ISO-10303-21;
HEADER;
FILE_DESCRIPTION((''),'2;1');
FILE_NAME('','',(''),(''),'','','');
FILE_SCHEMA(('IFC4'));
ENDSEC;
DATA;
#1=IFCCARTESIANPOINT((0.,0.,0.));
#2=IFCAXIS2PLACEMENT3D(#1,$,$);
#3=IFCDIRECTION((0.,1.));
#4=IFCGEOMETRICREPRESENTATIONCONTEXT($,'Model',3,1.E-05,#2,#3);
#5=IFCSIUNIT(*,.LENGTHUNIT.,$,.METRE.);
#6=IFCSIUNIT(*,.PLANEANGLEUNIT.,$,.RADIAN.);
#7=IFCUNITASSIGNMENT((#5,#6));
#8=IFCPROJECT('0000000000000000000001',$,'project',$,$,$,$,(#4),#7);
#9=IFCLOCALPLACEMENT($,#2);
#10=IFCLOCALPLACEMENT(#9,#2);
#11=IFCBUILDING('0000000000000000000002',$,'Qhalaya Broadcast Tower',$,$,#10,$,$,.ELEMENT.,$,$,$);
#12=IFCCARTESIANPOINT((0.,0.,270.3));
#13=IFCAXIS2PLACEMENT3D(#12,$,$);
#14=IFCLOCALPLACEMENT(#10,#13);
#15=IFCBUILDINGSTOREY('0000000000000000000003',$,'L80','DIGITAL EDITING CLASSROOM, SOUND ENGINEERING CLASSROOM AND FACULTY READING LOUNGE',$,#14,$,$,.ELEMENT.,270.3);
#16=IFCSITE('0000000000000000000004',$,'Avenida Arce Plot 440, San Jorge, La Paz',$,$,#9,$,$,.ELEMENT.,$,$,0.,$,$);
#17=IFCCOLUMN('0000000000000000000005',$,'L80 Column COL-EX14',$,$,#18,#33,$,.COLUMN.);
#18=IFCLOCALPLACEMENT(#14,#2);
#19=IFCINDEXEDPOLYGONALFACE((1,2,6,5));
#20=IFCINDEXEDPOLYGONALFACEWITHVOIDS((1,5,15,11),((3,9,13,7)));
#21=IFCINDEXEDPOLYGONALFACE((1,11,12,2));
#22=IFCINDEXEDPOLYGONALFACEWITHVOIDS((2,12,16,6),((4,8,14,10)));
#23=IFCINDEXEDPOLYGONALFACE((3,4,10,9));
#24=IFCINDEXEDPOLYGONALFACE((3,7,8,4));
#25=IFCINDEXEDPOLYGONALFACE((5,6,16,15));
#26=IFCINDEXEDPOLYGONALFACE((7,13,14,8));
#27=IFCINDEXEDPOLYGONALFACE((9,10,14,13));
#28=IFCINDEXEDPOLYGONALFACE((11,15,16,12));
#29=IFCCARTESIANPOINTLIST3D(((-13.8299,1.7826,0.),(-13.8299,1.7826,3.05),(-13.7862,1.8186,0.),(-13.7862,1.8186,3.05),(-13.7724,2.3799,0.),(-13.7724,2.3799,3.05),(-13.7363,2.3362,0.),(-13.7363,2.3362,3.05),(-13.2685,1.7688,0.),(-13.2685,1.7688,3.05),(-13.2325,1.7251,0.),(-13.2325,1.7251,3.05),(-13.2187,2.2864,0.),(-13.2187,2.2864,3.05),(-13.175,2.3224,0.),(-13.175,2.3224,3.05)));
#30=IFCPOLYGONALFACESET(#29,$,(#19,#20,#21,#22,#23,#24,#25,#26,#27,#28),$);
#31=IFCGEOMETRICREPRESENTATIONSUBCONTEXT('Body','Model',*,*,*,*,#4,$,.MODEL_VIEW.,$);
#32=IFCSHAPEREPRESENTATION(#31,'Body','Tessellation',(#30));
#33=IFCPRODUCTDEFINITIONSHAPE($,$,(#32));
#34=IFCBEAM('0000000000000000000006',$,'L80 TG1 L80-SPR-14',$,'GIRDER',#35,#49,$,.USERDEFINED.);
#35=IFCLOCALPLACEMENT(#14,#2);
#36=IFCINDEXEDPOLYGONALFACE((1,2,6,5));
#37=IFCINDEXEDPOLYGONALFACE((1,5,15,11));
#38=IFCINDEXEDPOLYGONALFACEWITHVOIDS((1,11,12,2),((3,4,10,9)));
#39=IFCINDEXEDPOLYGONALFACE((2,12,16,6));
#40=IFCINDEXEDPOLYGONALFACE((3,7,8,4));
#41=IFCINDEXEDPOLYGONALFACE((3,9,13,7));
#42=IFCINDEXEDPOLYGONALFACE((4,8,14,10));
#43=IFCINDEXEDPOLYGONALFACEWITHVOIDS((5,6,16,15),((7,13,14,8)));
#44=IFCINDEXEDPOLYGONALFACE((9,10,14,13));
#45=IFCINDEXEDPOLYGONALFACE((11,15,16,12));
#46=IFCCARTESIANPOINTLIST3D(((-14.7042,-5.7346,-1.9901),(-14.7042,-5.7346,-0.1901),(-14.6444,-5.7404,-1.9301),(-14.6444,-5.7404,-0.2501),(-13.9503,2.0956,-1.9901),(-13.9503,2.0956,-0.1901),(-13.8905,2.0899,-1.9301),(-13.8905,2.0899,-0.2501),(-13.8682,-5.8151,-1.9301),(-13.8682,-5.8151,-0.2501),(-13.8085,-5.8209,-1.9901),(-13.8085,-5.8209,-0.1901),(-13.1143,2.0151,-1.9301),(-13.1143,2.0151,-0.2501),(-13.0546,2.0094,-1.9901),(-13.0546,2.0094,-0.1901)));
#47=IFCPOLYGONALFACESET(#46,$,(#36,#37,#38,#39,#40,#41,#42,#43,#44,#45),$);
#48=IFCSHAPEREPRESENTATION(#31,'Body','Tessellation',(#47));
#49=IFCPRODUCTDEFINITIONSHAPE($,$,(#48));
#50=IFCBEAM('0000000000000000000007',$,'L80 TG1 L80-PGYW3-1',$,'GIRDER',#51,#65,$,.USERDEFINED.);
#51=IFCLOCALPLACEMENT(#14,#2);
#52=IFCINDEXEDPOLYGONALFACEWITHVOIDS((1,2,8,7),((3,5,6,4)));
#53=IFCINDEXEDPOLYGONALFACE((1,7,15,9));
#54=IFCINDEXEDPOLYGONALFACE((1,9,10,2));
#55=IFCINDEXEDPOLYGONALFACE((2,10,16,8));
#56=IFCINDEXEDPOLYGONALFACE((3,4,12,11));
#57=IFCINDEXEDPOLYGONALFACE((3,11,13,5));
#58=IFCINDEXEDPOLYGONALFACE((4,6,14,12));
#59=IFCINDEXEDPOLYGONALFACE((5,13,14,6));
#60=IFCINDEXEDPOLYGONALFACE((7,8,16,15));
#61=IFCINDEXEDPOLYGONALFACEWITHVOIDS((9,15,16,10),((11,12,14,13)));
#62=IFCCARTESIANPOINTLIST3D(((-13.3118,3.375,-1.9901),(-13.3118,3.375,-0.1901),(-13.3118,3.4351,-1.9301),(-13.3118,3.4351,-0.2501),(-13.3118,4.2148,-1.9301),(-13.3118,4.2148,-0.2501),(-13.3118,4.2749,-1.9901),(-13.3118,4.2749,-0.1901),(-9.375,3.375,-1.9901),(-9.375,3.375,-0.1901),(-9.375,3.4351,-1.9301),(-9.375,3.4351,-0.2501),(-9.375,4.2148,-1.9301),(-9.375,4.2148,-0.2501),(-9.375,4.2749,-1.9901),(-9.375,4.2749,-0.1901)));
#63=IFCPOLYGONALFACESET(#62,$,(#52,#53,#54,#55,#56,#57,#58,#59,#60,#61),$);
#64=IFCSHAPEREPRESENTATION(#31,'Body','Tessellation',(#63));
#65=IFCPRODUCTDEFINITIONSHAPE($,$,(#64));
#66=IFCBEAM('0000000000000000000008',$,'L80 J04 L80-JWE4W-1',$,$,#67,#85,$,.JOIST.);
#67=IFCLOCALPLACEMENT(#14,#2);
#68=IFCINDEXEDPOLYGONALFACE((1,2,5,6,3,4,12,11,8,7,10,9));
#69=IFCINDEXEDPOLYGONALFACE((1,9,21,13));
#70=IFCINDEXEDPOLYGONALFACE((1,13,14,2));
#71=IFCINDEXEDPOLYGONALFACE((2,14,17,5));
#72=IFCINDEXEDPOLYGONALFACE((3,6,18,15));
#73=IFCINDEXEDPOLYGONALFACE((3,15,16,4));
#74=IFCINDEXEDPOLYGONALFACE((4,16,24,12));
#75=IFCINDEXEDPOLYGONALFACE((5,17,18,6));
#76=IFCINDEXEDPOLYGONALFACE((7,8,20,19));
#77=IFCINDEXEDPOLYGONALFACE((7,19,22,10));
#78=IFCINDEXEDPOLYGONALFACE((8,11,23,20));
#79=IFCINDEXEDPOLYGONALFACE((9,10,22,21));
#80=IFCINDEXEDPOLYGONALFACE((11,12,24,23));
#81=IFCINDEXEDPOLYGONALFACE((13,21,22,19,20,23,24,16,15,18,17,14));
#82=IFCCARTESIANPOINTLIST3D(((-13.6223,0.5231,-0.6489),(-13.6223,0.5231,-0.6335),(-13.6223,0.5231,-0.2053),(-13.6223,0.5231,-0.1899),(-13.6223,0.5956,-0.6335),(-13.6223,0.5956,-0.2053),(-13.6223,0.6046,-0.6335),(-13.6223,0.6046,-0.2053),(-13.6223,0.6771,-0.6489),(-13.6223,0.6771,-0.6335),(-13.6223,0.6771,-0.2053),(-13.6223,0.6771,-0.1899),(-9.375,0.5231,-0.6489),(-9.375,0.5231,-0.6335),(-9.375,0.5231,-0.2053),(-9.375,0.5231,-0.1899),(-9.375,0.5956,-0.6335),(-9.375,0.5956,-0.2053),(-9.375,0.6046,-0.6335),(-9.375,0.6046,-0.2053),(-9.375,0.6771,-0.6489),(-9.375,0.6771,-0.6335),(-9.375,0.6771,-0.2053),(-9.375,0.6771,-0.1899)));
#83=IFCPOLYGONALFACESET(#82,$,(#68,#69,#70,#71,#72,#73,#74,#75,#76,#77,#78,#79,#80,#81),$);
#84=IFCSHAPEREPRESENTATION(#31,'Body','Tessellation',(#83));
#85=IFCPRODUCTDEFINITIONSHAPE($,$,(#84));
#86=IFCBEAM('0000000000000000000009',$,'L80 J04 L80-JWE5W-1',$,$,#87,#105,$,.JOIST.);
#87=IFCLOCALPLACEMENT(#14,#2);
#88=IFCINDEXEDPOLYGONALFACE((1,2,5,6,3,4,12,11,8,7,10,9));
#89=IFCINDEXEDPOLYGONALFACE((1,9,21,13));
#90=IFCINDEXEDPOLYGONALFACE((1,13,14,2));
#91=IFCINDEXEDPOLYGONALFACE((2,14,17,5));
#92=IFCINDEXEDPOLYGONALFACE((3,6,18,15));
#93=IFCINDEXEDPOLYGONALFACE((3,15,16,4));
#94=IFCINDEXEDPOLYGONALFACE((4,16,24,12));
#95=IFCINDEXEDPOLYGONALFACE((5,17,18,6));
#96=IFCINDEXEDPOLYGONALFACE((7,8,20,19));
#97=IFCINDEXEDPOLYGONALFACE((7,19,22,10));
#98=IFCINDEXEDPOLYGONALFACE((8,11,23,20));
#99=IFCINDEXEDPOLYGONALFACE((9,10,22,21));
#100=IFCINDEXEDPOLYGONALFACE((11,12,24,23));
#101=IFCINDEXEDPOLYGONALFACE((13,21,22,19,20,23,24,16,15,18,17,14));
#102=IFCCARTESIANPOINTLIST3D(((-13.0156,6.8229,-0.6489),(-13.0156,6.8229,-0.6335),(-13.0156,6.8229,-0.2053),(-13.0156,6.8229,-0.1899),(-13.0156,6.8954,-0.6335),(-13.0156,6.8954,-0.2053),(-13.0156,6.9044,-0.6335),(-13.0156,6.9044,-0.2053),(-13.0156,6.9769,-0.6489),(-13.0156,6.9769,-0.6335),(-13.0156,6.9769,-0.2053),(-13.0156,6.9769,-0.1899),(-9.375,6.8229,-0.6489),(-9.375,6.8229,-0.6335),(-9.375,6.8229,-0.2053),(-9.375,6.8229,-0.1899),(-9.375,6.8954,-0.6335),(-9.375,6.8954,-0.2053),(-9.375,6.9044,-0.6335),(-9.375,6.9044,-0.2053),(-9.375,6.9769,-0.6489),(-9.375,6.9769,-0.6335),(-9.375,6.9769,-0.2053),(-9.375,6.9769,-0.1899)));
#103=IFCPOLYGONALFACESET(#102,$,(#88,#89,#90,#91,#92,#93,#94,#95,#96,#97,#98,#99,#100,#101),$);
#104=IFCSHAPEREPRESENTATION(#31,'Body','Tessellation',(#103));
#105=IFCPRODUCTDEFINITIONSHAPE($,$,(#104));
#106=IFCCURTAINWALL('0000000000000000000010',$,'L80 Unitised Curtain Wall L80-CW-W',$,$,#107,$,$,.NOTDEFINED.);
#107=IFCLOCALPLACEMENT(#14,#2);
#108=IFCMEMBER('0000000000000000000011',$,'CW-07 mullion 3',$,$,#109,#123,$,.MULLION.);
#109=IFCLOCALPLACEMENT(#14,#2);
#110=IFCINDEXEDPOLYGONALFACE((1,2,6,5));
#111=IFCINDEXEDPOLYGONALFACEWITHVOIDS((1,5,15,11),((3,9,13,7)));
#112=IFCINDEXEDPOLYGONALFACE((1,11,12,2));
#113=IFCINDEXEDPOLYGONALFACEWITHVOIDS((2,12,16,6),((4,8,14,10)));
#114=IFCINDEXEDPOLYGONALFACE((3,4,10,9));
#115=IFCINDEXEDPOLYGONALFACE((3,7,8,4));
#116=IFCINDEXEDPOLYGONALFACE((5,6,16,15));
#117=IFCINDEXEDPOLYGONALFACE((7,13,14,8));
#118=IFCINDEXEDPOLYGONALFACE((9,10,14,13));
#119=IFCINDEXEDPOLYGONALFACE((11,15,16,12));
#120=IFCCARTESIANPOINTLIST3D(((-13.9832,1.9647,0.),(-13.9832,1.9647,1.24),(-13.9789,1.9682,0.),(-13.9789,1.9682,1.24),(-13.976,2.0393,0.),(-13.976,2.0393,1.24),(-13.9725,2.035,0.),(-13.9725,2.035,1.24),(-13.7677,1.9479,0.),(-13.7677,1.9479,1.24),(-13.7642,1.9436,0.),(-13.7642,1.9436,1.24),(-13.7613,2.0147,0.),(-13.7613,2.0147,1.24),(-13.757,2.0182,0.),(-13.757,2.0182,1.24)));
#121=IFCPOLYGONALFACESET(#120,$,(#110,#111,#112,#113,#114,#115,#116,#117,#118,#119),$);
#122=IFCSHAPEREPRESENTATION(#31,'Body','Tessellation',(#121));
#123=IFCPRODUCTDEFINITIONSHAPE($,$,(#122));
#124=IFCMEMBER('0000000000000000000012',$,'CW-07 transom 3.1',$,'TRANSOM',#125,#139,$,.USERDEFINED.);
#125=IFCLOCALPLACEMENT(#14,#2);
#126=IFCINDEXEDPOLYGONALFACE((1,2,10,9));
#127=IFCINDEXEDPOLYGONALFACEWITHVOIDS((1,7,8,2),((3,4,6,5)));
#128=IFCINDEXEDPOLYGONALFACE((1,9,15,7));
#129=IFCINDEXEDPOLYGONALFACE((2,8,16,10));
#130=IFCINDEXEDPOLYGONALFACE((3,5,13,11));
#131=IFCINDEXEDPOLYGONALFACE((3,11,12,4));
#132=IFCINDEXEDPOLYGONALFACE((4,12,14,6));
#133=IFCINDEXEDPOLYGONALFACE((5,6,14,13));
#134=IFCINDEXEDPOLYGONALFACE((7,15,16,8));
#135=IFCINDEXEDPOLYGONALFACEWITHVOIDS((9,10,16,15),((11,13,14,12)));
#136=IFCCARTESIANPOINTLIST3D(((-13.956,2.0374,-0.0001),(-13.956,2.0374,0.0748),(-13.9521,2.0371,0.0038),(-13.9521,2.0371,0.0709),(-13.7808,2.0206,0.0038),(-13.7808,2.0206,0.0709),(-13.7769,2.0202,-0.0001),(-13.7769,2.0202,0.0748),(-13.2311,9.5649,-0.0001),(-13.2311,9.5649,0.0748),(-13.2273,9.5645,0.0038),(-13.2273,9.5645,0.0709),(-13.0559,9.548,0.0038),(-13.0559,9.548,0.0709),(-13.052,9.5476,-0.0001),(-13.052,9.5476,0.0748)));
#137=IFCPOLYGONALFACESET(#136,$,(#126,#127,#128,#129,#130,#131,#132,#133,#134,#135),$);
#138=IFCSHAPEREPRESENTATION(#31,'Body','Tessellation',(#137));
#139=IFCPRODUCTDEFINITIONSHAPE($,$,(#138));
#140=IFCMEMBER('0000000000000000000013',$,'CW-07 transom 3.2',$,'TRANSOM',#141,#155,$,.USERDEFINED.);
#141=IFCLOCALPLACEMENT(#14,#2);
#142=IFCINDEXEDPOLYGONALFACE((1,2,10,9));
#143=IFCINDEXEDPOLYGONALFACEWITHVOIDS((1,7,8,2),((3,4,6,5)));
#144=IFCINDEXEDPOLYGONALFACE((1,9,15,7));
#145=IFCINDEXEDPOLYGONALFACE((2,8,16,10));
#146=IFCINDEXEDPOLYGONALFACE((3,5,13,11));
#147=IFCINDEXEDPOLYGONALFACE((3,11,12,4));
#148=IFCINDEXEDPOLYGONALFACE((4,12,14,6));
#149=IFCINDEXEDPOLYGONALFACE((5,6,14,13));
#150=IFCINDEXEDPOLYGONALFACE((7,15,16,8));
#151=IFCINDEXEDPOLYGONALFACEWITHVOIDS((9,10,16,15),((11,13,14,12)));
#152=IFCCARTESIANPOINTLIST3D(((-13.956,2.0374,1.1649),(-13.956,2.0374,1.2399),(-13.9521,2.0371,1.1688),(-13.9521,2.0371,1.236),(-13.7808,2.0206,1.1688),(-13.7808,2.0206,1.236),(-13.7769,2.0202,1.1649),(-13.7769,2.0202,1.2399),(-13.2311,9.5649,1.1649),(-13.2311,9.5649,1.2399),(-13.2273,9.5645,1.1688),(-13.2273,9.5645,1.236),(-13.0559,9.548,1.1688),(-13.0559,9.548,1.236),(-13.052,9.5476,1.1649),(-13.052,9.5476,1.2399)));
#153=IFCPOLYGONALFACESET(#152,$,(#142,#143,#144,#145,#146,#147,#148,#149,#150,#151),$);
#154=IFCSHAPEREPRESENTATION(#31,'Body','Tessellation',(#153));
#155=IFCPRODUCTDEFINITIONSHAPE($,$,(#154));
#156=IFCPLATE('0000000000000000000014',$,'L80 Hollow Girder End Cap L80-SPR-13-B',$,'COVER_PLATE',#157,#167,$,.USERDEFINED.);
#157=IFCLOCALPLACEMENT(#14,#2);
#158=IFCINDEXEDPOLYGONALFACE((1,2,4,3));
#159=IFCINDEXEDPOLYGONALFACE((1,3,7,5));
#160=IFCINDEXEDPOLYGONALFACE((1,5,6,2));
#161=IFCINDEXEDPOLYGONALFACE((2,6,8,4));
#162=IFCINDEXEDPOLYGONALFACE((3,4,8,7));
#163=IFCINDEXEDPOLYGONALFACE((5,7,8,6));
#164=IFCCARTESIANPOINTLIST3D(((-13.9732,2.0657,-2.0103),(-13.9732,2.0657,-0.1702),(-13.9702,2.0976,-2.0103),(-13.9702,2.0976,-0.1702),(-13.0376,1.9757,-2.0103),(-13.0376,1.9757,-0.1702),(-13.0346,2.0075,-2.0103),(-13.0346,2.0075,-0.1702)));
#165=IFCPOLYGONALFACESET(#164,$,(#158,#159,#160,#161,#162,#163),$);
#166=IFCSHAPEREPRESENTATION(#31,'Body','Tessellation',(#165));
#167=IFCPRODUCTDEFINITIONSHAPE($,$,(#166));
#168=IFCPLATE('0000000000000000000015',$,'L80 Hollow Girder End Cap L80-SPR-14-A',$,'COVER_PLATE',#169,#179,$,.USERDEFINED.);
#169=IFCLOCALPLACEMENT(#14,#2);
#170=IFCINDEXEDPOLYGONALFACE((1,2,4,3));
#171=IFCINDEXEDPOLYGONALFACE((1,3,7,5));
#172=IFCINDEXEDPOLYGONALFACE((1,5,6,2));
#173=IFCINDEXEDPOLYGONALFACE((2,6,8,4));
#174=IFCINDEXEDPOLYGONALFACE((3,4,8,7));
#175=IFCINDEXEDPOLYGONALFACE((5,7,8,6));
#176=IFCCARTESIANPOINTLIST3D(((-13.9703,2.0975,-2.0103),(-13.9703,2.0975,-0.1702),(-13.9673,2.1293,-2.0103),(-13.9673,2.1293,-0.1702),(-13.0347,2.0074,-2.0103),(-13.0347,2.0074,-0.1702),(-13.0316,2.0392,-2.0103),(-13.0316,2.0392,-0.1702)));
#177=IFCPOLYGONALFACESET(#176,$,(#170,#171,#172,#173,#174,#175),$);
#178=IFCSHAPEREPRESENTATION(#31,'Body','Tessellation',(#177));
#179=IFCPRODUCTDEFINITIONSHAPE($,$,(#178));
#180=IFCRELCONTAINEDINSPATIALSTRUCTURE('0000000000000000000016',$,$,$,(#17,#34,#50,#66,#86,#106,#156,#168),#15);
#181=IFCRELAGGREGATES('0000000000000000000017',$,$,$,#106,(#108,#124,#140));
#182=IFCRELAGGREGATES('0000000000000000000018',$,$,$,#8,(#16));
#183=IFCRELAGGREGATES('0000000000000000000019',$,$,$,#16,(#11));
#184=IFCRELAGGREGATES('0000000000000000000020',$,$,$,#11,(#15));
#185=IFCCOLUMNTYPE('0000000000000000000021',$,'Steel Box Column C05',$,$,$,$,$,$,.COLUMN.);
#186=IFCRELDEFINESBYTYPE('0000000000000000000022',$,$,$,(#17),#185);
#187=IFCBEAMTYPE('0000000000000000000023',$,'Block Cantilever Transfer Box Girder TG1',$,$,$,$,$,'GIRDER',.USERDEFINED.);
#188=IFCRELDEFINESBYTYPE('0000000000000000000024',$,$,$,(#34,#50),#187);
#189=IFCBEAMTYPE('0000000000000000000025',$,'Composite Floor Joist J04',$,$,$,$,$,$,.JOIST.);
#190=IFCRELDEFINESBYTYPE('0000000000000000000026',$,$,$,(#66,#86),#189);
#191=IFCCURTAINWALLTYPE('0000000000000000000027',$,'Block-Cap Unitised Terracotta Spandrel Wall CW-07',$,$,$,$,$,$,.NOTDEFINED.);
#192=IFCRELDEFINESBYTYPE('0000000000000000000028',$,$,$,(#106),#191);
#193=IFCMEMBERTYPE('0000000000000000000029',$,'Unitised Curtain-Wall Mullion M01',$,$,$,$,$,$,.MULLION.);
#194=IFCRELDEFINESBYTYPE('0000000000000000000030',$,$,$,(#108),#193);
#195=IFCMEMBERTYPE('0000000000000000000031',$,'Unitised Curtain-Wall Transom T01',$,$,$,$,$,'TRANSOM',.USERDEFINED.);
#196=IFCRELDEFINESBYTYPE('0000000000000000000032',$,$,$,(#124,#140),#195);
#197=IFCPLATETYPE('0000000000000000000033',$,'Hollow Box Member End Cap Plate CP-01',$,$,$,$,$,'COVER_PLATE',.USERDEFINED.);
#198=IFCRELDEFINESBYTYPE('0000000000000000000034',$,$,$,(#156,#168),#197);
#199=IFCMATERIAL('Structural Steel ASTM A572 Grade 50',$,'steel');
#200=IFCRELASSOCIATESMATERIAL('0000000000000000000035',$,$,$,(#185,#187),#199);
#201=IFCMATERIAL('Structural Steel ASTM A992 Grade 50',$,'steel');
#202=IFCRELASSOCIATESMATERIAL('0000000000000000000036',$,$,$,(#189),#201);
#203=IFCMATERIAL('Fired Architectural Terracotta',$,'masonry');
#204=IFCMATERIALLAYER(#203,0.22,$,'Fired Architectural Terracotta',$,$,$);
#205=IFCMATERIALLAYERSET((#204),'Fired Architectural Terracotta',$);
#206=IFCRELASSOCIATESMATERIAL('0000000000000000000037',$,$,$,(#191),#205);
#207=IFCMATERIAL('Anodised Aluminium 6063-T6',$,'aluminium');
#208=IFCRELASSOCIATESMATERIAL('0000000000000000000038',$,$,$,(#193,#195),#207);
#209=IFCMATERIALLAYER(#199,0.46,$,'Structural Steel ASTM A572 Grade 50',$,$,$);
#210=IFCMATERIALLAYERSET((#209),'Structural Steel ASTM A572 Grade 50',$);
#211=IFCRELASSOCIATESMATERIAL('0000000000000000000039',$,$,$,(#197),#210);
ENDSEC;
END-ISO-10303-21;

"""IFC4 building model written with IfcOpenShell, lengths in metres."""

from ifc_helpers import new_model, si_unit, direction, frame, origin, origin_2d, place, context, subcontext, project, spatial, rectangle, hollow_rectangle, i_section, extrude, material, layer, layer_set, material_profile, profile_set, type_object, element, aggregate, save


model = new_model("IFC4")

# Units and contexts
model_context = context("Model", 3, precision=1e-05, world=origin(), true_north=direction((0.0, 1.0)))
body_context = subcontext(model_context, "Body", "Model", "MODEL_VIEW")
ifc_project = project(units=[si_unit("LENGTHUNIT", "METRE"), si_unit("PLANEANGLEUNIT", "RADIAN")], contexts=[model_context])

# Site, building, storey
site_placement = place(None, origin())
site = spatial("IfcSite", under=ifc_project, at=site_placement, Name="Avenida Arce Plot 440, San Jorge, La Paz", CompositionType="ELEMENT", RefElevation=0.0)
building_placement = place(site_placement, origin())
building = spatial("IfcBuilding", under=site, at=building_placement, Name="Qhalaya Broadcast Tower", CompositionType="ELEMENT")
storey_placement = place(building_placement, frame((0.0, 0.0, 270.3)))
storey = spatial("IfcBuildingStorey", under=building, at=storey_placement, Name="L80", Description="DIGITAL EDITING CLASSROOM, SOUND ENGINEERING CLASSROOM AND FACULTY READING LOUNGE", CompositionType="ELEMENT", Elevation=270.3)

# Column
ifc_material_1 = material(Name="Structural Steel ASTM A572 Grade 50", Category="steel")
ifc_material_profile_1 = material_profile(ifc_material_1, hollow_rectangle(XDim=0.6001, YDim=0.6001, WallThickness=0.04, at=origin_2d()), Name="BOX 600x600x40")
ifc_profile_set_1 = profile_set([ifc_material_profile_1], Name="Structural Steel ASTM A572 Grade 50")
column_type = type_object("IfcColumnType", Name="Steel Box Column C05", PredefinedType="COLUMN", material=ifc_profile_set_1)
column_placement = place(storey_placement, frame((-13.5024, 2.0525, 0.0), z_axis=(0.0, 0.0, 1.0), x_axis=(0.095846, 0.995396, 0.0)))
element("IfcColumn", 1, at=column_placement, inside=storey, type_object=column_type, Name="L80 Column COL-EX14", PredefinedType="COLUMN", context=body_context, shape_type="SweptSolid", body=[
    extrude(hollow_rectangle(XDim=0.6001, YDim=0.6001, WallThickness=0.04, at=origin_2d()), origin(), (0.0, 0.0, 1.0), 3.05),
])

# Beams
ifc_material_profile_2 = material_profile(ifc_material_1, hollow_rectangle(XDim=0.8999, YDim=1.8, WallThickness=0.0601, at=origin_2d()), Name="BOX 900x1800x60")
ifc_profile_set_2 = profile_set([ifc_material_profile_2], Name="Structural Steel ASTM A572 Grade 50")
beam_type_1 = type_object("IfcBeamType", Name="Block Cantilever Transfer Box Girder TG1", ElementType="GIRDER", PredefinedType="USERDEFINED", material=ifc_profile_set_2)
beam_1_placement = place(storey_placement, frame((-13.5024, 2.0525, -1.0901), z_axis=(-0.095837, -0.995397, 0.0), x_axis=(0.995397, -0.095837, 0.0)))
element("IfcBeam", 2, at=beam_1_placement, inside=storey, type_object=beam_type_1, Name="L80 TG1 L80-SPR-14", ObjectType="GIRDER", PredefinedType="USERDEFINED", context=body_context, shape_type="SweptSolid", body=[
    extrude(hollow_rectangle(XDim=0.8999, YDim=1.8, WallThickness=0.0601, at=origin_2d()), origin(), (0.0, 0.0, 1.0), 7.8665),
])
beam_2_placement = place(storey_placement, frame((-13.3118, 3.825, -1.0901), z_axis=(1.0, 0.0, 0.0), x_axis=(0.0, 1.0, 0.0)))
element("IfcBeam", 3, at=beam_2_placement, inside=storey, type_object=beam_type_1, Name="L80 TG1 L80-PGYW3-1", ObjectType="GIRDER", PredefinedType="USERDEFINED", context=body_context, shape_type="SweptSolid", body=[
    extrude(hollow_rectangle(XDim=0.8999, YDim=1.8, WallThickness=0.0601, at=origin_2d()), origin(), (0.0, 0.0, 1.0), 3.9368),
])
ifc_material_2 = material(Name="Structural Steel ASTM A992 Grade 50", Category="steel")
ifc_material_profile_3 = material_profile(ifc_material_2, i_section(OverallWidth=0.1541, OverallDepth=0.459, WebThickness=0.009, FlangeThickness=0.0154, at=origin_2d()), Name="W18X46")
ifc_profile_set_3 = profile_set([ifc_material_profile_3], Name="Structural Steel ASTM A992 Grade 50")
beam_type_2 = type_object("IfcBeamType", Name="Composite Floor Joist J04", PredefinedType="JOIST", material=ifc_profile_set_3)
beam_3_placement = place(storey_placement, frame((-13.6223, 0.6001, -0.4194), z_axis=(1.0, 0.0, 0.0), x_axis=(0.0, 1.0, 0.0)))
element("IfcBeam", 4, at=beam_3_placement, inside=storey, type_object=beam_type_2, Name="L80 J04 L80-JWE4W-1", PredefinedType="JOIST", context=body_context, shape_type="SweptSolid", body=[
    extrude(i_section(OverallWidth=0.1541, OverallDepth=0.459, WebThickness=0.009, FlangeThickness=0.0154, at=origin_2d()), origin(), (0.0, 0.0, 1.0), 4.2473),
])
beam_4_placement = place(storey_placement, frame((-13.0156, 6.8999, -0.4194), z_axis=(1.0, 0.0, 0.0), x_axis=(0.0, 1.0, 0.0)))
element("IfcBeam", 5, at=beam_4_placement, inside=storey, type_object=beam_type_2, Name="L80 J04 L80-JWE5W-1", PredefinedType="JOIST", context=body_context, shape_type="SweptSolid", body=[
    extrude(i_section(OverallWidth=0.1541, OverallDepth=0.459, WebThickness=0.009, FlangeThickness=0.0154, at=origin_2d()), origin(), (0.0, 0.0, 1.0), 3.6406),
])

# Curtain wall, members
ifc_material_3 = material(Name="Fired Architectural Terracotta", Category="masonry")
ifc_layer_1 = layer(ifc_material_3, 0.22, Name="Fired Architectural Terracotta")
ifc_layer_set_1 = layer_set([ifc_layer_1], Name="Fired Architectural Terracotta")
curtain_wall_type = type_object("IfcCurtainWallType", Name="Block-Cap Unitised Terracotta Spandrel Wall CW-07", PredefinedType="NOTDEFINED", material=ifc_layer_set_1)
curtain_wall_placement = place(storey_placement, origin())
curtain_wall = element("IfcCurtainWall", 6, at=curtain_wall_placement, inside=storey, type_object=curtain_wall_type, Name="L80 Unitised Curtain Wall L80-CW-W", PredefinedType="NOTDEFINED")
ifc_material_4 = material(Name="Anodised Aluminium 6063-T6", Category="aluminium")
ifc_material_profile_4 = material_profile(ifc_material_4, hollow_rectangle(XDim=0.075, YDim=0.22, WallThickness=0.0039, at=origin_2d()), Name="ALU-MUL 75x220x4")
ifc_profile_set_4 = profile_set([ifc_material_profile_4], Name="Anodised Aluminium 6063-T6")
member_type_1 = type_object("IfcMemberType", Name="Unitised Curtain-Wall Mullion M01", PredefinedType="MULLION", material=ifc_profile_set_4)
member_1_placement = place(storey_placement, frame((-13.8701, 1.9915, 0.0), z_axis=(0.0, 0.0, 1.0), x_axis=(0.095848, 0.995396, 0.0)))
member_1 = element("IfcMember", 7, at=member_1_placement, type_object=member_type_1, Name="CW-07 mullion 3", PredefinedType="MULLION", context=body_context, shape_type="SweptSolid", body=[
    extrude(hollow_rectangle(XDim=0.075, YDim=0.22, WallThickness=0.0039, at=origin_2d()), origin(), (0.0, 0.0, 1.0), 1.24),
])
ifc_material_profile_5 = material_profile(ifc_material_4, hollow_rectangle(XDim=0.075, YDim=0.1799, WallThickness=0.0039, at=origin_2d()), Name="ALU-TRN 75x180x4")
ifc_profile_set_5 = profile_set([ifc_material_profile_5], Name="Anodised Aluminium 6063-T6")
member_type_2 = type_object("IfcMemberType", Name="Unitised Curtain-Wall Transom T01", ElementType="TRANSOM", PredefinedType="USERDEFINED", material=ifc_profile_set_5)
member_2_placement = place(storey_placement, frame((-13.8665, 2.0288, 0.0374), z_axis=(0.095853, 0.995396, 0.0), x_axis=(0.0, 0.0, 1.0)))
member_2 = element("IfcMember", 8, at=member_2_placement, type_object=member_type_2, Name="CW-07 transom 3.1", ObjectType="TRANSOM", PredefinedType="USERDEFINED", context=body_context, shape_type="SweptSolid", body=[
    extrude(hollow_rectangle(XDim=0.075, YDim=0.1799, WallThickness=0.0039, at=origin_2d()), origin(), (0.0, 0.0, 1.0), 7.5623),
])
member_3_placement = place(storey_placement, frame((-13.8665, 2.0288, 1.2024), z_axis=(0.095853, 0.995396, 0.0), x_axis=(0.0, 0.0, 1.0)))
member_3 = element("IfcMember", 9, at=member_3_placement, type_object=member_type_2, Name="CW-07 transom 3.2", ObjectType="TRANSOM", PredefinedType="USERDEFINED", context=body_context, shape_type="SweptSolid", body=[
    extrude(hollow_rectangle(XDim=0.075, YDim=0.1799, WallThickness=0.0039, at=origin_2d()), origin(), (0.0, 0.0, 1.0), 7.5623),
])

# Plates
ifc_layer_2 = layer(ifc_material_1, 0.46, Name="Structural Steel ASTM A572 Grade 50")
ifc_layer_set_2 = layer_set([ifc_layer_2], Name="Structural Steel ASTM A572 Grade 50")
plate_type_1 = type_object("IfcPlateType", Name="Hollow Box Member End Cap Plate CP-01", ElementType="COVER_PLATE", PredefinedType="USERDEFINED", material=ifc_layer_set_2)
for number, where, z_axis, x_axis, name in (
    (10, (-13.5039, 2.0366, -2.0103), (0.0, 0.0, 1.0), (0.995398, -0.095828, 0.0), "L80 Hollow Girder End Cap L80-SPR-13-B"),
    (11, (-13.501, 2.0684, -2.0103), (0.0, 0.0, 1.0), (0.995396, -0.095846, 0.0), "L80 Hollow Girder End Cap L80-SPR-14-A"),
):
    element("IfcPlate", number, at=place(storey_placement, frame(where, z_axis=z_axis, x_axis=x_axis)), inside=storey, type_object=plate_type_1, Name=name, ObjectType="COVER_PLATE", PredefinedType="USERDEFINED", context=body_context, shape_type="SweptSolid", body=[
        extrude(rectangle(XDim=0.9399, YDim=0.032, at=origin_2d()), origin(), (0.0, 0.0, 1.0), 1.8401),
    ])

aggregate(curtain_wall, [member_1, member_2, member_3])

save(model, "model.ifc")
